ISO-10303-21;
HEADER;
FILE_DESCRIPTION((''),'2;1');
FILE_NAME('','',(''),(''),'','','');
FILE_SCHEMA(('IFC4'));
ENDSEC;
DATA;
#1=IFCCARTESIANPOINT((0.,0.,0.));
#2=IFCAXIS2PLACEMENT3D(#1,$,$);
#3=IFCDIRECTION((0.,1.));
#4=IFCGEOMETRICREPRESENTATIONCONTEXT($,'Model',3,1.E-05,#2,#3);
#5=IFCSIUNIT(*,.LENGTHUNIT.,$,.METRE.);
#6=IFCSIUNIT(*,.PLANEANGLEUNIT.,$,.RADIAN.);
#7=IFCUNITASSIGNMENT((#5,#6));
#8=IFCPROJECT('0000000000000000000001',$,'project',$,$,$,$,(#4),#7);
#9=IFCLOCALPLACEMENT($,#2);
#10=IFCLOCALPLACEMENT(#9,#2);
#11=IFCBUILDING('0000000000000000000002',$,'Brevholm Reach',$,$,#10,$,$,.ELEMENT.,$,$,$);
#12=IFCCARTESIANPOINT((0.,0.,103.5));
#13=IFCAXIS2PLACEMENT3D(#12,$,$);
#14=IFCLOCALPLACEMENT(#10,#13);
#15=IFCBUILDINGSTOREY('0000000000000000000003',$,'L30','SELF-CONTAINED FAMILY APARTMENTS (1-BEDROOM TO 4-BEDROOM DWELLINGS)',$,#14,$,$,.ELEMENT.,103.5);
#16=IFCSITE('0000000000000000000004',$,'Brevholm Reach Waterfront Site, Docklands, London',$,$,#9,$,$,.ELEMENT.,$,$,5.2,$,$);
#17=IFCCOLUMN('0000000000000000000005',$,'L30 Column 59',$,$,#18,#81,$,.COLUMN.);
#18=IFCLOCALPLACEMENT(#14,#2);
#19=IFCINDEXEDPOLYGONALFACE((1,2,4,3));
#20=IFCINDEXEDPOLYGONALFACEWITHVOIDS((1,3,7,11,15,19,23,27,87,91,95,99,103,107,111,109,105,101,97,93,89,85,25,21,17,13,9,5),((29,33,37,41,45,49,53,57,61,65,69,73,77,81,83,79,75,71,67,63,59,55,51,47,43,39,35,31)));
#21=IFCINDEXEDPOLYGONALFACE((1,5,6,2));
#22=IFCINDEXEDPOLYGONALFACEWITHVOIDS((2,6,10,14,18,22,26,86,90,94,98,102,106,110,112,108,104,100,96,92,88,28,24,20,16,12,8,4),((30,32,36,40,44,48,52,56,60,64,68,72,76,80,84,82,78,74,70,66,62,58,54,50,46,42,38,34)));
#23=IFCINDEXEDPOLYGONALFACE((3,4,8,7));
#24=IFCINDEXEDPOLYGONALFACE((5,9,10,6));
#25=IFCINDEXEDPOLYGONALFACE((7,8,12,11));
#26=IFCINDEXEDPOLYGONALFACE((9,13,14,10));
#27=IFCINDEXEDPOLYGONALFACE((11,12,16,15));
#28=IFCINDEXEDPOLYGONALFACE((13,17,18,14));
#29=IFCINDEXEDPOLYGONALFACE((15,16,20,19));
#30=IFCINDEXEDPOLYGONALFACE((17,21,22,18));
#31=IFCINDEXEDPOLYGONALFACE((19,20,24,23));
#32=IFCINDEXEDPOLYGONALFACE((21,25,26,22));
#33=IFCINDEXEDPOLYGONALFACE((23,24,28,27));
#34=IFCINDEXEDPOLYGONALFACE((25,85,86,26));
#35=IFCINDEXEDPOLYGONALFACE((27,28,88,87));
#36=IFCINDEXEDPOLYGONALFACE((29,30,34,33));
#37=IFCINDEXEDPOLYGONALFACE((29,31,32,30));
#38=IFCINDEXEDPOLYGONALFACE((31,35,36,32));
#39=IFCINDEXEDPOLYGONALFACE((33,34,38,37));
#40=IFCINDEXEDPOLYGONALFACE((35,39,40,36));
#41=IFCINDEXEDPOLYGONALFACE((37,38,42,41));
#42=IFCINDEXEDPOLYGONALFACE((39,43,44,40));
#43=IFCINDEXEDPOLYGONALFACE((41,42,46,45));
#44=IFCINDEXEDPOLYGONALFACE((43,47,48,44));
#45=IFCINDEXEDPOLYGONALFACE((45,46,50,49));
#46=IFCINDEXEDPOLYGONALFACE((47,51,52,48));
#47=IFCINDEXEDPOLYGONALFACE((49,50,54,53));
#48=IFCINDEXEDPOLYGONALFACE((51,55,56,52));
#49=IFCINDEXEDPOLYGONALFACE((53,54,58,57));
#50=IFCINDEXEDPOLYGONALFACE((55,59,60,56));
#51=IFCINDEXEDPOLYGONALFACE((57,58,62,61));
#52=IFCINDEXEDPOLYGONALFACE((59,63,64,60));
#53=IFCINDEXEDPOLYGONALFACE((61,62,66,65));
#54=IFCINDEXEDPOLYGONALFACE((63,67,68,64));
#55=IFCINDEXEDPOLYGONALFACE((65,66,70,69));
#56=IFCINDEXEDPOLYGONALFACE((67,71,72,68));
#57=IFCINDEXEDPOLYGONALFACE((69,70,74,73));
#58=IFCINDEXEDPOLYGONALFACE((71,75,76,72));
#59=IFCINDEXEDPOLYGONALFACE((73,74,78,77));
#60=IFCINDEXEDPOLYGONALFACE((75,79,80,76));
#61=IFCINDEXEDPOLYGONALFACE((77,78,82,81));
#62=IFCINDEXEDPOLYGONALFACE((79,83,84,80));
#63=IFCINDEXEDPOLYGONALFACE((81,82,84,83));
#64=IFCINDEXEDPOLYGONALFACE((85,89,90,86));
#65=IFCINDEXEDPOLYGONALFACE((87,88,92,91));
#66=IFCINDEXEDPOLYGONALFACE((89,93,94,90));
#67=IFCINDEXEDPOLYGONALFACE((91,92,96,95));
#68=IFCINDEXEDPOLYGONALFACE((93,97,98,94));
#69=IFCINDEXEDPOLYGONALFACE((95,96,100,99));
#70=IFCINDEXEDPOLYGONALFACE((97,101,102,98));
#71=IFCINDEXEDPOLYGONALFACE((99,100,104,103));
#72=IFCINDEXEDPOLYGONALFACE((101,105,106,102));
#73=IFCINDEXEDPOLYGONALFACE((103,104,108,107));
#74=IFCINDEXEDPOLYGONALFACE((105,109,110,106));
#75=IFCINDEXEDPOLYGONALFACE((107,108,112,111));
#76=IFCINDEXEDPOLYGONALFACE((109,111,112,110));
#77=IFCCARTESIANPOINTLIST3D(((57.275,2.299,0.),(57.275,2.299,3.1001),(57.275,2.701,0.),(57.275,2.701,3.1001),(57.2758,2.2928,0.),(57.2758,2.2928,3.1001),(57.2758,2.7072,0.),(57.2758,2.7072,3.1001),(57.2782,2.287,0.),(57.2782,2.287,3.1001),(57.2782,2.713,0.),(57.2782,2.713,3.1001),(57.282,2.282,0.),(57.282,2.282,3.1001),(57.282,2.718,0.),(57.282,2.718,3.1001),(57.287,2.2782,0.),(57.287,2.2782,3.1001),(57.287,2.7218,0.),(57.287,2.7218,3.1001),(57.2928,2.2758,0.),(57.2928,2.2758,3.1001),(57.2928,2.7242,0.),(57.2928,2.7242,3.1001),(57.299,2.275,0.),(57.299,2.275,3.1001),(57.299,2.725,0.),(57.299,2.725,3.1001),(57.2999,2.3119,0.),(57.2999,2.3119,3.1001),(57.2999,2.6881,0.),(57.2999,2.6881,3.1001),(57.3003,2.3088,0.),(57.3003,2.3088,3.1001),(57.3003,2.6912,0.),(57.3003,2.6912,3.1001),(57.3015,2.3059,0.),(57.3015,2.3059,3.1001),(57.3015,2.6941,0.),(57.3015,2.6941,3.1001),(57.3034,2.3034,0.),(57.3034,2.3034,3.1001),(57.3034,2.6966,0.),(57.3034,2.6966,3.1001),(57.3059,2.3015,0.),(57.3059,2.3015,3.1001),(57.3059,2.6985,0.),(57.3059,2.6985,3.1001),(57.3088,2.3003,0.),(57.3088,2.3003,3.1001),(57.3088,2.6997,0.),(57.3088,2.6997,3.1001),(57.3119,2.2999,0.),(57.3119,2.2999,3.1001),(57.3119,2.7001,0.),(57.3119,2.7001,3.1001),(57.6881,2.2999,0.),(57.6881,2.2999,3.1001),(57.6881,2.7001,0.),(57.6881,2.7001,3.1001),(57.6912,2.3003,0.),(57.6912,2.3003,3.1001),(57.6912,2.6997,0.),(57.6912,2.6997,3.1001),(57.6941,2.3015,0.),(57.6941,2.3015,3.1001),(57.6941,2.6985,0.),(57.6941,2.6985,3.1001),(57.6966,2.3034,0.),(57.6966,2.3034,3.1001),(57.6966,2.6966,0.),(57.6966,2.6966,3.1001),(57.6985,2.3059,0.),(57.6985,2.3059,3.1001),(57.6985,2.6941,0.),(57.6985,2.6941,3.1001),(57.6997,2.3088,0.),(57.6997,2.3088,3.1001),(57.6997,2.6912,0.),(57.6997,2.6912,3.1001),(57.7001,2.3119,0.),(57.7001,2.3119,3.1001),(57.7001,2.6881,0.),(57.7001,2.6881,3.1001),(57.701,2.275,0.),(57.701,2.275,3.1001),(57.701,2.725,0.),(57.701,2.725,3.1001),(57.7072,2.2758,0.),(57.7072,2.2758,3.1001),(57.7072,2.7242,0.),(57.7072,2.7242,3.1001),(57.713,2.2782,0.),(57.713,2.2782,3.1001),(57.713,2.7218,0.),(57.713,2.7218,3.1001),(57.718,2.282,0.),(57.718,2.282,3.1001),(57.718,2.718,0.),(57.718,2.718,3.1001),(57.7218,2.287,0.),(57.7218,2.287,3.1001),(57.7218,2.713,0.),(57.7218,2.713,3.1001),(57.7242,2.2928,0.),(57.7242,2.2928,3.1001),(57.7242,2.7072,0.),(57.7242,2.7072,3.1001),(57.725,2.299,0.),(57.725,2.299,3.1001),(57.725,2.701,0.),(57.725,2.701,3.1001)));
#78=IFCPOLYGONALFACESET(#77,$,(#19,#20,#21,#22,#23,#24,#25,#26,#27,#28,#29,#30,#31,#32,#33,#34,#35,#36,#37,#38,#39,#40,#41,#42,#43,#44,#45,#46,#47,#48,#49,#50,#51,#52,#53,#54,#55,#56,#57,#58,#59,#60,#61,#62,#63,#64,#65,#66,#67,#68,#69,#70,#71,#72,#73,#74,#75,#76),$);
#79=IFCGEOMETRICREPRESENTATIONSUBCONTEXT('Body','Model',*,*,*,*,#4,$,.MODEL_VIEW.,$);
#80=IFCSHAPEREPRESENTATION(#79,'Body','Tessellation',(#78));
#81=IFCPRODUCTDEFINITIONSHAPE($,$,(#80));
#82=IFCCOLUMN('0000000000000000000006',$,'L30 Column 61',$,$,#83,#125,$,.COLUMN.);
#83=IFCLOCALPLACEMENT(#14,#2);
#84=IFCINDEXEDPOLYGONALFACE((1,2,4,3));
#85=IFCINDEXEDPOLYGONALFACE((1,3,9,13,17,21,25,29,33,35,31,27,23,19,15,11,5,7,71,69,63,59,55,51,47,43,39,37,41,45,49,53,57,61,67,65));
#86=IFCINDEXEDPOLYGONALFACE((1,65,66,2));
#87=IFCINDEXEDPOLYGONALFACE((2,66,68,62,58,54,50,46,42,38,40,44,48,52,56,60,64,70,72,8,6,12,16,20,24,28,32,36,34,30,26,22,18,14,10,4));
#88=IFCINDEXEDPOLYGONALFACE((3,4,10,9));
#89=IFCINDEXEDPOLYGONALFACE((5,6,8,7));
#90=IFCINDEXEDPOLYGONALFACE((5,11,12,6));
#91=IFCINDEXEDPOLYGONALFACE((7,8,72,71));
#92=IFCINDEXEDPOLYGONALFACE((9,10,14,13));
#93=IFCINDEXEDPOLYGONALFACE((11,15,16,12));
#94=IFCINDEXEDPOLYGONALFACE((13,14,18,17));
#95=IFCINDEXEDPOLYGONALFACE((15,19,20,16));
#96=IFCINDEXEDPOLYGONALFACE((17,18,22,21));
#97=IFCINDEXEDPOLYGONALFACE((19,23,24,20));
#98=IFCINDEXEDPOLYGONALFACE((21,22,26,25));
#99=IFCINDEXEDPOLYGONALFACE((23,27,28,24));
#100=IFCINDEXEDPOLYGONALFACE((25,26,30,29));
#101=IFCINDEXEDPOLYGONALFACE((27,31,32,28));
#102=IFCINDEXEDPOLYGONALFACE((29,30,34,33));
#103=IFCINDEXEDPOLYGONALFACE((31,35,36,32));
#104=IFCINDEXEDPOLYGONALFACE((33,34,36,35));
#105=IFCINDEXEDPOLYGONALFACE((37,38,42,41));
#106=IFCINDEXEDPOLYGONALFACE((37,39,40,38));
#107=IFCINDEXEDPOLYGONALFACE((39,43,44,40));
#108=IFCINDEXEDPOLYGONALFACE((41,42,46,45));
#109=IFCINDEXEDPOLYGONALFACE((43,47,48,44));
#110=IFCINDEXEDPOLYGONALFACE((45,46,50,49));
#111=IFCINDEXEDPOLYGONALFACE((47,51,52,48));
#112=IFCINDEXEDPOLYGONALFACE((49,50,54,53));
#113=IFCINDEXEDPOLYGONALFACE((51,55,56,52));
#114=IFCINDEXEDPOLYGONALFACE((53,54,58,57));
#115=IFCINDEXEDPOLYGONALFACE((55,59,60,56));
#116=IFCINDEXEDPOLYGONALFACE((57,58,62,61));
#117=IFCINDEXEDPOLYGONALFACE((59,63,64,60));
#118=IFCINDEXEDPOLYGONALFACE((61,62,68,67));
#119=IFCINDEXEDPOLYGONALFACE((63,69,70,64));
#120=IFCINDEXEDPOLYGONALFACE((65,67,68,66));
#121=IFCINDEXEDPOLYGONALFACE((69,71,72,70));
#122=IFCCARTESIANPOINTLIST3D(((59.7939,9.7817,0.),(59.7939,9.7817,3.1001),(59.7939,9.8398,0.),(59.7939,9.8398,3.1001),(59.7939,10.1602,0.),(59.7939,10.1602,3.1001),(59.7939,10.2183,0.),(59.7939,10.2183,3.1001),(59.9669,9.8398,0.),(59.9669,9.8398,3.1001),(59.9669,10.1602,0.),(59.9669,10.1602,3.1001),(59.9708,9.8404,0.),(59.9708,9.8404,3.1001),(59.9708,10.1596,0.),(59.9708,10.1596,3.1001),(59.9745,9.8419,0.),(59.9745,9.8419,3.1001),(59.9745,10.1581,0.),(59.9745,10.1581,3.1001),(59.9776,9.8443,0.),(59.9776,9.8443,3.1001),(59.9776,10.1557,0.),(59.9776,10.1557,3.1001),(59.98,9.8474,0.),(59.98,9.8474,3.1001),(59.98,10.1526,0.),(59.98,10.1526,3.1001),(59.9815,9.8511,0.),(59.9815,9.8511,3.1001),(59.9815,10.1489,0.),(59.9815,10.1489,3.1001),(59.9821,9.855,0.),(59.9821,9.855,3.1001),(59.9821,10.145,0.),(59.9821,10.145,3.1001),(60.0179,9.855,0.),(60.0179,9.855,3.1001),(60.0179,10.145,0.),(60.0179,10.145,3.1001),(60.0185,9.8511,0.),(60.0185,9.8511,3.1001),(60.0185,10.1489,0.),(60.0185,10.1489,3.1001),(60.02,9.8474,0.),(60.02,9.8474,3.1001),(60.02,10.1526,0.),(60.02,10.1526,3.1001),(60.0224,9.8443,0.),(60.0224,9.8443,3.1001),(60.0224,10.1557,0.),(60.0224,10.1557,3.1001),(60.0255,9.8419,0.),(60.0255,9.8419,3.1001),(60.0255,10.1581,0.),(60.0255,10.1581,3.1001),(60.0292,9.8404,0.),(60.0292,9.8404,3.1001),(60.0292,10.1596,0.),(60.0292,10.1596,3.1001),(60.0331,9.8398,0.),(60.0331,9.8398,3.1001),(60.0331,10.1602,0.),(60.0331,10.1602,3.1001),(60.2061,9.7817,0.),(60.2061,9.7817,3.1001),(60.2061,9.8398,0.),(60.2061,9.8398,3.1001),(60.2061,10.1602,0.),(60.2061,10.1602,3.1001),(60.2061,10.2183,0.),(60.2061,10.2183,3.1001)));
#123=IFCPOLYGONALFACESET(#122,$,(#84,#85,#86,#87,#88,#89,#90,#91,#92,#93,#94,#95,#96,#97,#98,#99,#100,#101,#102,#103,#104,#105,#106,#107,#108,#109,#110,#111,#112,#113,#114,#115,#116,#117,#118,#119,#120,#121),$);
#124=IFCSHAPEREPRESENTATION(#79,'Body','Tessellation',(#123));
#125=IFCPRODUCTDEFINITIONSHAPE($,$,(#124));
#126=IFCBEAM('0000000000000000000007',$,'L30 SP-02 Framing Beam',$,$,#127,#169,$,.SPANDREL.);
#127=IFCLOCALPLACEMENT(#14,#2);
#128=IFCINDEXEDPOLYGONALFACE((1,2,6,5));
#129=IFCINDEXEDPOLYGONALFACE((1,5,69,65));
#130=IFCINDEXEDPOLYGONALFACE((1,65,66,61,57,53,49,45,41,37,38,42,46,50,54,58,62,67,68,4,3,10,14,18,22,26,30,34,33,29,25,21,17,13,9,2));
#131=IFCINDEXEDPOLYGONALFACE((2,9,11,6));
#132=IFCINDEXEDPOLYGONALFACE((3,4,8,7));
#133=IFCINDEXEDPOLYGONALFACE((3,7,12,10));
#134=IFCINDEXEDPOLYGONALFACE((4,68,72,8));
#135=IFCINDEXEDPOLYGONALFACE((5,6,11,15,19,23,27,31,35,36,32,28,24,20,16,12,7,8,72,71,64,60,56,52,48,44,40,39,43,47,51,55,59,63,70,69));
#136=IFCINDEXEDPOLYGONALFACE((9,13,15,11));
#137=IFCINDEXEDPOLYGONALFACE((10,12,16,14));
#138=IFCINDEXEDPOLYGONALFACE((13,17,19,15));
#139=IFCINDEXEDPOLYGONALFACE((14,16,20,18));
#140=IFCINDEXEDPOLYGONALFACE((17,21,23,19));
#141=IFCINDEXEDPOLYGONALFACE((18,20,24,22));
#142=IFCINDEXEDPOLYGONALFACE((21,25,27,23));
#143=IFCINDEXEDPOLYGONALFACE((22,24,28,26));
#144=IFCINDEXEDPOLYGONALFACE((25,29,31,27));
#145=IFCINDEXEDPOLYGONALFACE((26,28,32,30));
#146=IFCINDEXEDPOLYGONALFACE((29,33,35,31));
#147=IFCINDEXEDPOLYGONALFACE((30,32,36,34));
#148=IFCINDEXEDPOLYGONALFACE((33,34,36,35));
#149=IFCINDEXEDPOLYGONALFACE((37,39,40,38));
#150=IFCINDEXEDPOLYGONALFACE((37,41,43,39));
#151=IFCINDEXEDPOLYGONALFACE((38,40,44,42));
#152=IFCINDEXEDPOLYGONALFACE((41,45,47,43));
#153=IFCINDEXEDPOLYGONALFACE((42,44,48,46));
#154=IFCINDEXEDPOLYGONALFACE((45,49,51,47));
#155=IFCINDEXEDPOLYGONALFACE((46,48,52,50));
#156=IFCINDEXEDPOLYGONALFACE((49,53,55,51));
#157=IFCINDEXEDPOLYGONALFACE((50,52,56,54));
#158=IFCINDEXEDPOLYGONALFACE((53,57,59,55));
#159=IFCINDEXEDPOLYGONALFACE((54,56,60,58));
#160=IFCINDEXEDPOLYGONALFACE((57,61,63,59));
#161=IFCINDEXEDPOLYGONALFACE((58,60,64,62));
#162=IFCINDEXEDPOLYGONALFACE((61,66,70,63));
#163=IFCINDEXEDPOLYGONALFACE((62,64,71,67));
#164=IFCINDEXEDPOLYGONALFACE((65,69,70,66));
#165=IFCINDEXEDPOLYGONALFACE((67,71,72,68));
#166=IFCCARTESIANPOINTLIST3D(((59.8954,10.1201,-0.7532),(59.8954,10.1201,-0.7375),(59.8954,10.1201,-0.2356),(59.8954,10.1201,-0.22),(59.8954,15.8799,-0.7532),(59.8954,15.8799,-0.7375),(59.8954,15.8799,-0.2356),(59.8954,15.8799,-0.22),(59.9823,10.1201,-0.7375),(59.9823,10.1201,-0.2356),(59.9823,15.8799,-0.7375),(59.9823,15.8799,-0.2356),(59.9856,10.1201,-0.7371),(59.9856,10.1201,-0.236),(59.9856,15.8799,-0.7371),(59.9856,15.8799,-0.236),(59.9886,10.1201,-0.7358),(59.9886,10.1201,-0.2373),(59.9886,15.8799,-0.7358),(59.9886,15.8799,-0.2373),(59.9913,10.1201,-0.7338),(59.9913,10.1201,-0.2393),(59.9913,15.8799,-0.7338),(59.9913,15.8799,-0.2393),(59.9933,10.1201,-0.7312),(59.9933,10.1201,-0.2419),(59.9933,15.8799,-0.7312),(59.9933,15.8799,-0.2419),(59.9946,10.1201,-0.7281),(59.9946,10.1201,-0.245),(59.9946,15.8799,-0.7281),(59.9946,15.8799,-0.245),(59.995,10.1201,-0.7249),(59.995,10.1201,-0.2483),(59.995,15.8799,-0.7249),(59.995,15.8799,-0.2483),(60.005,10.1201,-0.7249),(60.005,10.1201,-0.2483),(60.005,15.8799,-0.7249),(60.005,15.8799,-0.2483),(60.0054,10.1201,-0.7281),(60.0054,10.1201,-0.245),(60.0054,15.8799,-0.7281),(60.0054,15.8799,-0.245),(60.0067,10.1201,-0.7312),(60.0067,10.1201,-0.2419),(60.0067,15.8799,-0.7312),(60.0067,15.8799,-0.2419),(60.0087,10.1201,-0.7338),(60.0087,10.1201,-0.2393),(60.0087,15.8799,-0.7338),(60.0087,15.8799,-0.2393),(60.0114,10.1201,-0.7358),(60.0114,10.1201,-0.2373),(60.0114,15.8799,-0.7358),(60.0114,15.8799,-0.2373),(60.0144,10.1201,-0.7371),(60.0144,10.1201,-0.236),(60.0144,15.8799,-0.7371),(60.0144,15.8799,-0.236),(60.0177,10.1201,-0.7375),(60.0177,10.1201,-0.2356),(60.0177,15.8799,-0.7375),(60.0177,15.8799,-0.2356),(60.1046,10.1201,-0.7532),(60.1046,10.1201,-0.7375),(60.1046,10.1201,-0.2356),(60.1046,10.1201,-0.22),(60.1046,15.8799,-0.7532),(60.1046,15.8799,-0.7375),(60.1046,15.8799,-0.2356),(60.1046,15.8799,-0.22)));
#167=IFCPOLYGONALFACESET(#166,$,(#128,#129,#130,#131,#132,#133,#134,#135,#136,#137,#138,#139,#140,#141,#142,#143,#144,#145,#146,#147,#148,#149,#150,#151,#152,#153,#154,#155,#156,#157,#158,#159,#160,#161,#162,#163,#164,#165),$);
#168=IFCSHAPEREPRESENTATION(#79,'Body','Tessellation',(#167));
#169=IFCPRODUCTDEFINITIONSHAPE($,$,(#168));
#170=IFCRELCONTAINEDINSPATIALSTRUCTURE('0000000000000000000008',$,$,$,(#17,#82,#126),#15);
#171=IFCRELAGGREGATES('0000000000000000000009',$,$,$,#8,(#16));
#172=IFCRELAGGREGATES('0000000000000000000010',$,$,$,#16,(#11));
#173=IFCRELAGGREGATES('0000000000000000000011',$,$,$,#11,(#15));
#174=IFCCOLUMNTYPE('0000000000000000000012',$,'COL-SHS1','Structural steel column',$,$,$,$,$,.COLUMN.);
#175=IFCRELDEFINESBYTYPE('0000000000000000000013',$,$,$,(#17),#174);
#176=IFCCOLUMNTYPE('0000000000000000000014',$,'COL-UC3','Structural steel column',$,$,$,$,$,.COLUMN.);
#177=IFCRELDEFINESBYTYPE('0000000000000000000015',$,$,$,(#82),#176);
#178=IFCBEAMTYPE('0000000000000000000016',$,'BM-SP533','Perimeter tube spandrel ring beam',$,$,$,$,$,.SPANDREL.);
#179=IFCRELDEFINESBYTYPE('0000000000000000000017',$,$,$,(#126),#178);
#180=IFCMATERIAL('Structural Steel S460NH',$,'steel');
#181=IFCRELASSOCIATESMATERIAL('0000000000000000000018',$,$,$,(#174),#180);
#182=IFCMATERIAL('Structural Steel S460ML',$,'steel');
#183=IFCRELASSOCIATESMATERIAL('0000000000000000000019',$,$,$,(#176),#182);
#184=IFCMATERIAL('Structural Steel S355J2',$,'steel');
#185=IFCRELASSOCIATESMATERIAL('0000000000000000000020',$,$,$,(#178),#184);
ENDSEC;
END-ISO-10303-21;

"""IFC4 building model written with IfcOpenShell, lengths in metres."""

from ifc_helpers import new_model, si_unit, direction, frame, origin, origin_2d, place, context, subcontext, project, spatial, hollow_rectangle, i_section, extrude, material, material_profile, profile_set, type_object, element, save


model = new_model("IFC4")

# Units and contexts
model_context = context("Model", 3, precision=1e-05, world=origin(), true_north=direction((0.0, 1.0)))
body_context = subcontext(model_context, "Body", "Model", "MODEL_VIEW")
ifc_project = project(units=[si_unit("LENGTHUNIT", "METRE"), si_unit("PLANEANGLEUNIT", "RADIAN")], contexts=[model_context])

# Site, building, storey
site_placement = place(None, origin())
site = spatial("IfcSite", under=ifc_project, at=site_placement, Name="Brevholm Reach Waterfront Site, Docklands, London", CompositionType="ELEMENT", RefElevation=5.2)
building_placement = place(site_placement, origin())
building = spatial("IfcBuilding", under=site, at=building_placement, Name="Brevholm Reach", CompositionType="ELEMENT")
storey_placement = place(building_placement, frame((0.0, 0.0, 103.5)))
storey = spatial("IfcBuildingStorey", under=building, at=storey_placement, Name="L30", Description="SELF-CONTAINED FAMILY APARTMENTS (1-BEDROOM TO 4-BEDROOM DWELLINGS)", CompositionType="ELEMENT", Elevation=103.5)

# Columns
ifc_material_1 = material(Name="Structural Steel S460NH", Category="steel")
ifc_material_profile_1 = material_profile(ifc_material_1, hollow_rectangle(XDim=0.45, YDim=0.45, WallThickness=0.0249, InnerFilletRadius=0.012, OuterFilletRadius=0.0239, at=origin_2d()), Name="SHS 450x450x25")
ifc_profile_set_1 = profile_set([ifc_material_profile_1], Name="Structural Steel S460NH")
column_type_1 = type_object("IfcColumnType", Name="COL-SHS1", Description="Structural steel column", PredefinedType="COLUMN", material=ifc_profile_set_1)
column_1_placement = place(storey_placement, frame((57.5, 2.5, 0.0), z_axis=(0.0, 0.0, 1.0), x_axis=(1.0, 0.0, 0.0)))
element("IfcColumn", 1, at=column_1_placement, inside=storey, type_object=column_type_1, Name="L30 Column 59", PredefinedType="COLUMN", context=body_context, shape_type="SweptSolid", body=[
    extrude(hollow_rectangle(XDim=0.45, YDim=0.45, WallThickness=0.0249, InnerFilletRadius=0.012, OuterFilletRadius=0.0239, at=origin_2d()), origin(), (0.0, 0.0, 1.0), 3.1001),
])
ifc_material_2 = material(Name="Structural Steel S460ML", Category="steel")
ifc_material_profile_2 = material_profile(ifc_material_2, i_section(OverallWidth=0.4121, OverallDepth=0.4365, WebThickness=0.0359, FlangeThickness=0.0581, FilletRadius=0.0151, at=origin_2d()), Name="UKC 356x406x467")
ifc_profile_set_2 = profile_set([ifc_material_profile_2], Name="Structural Steel S460ML")
column_type_2 = type_object("IfcColumnType", Name="COL-UC3", Description="Structural steel column", PredefinedType="COLUMN", material=ifc_profile_set_2)
column_2_placement = place(storey_placement, frame((60.0, 10.0, 0.0), z_axis=(0.0, 0.0, 1.0), x_axis=(1.0, 0.0, 0.0)))
element("IfcColumn", 2, at=column_2_placement, inside=storey, type_object=column_type_2, Name="L30 Column 61", PredefinedType="COLUMN", context=body_context, shape_type="SweptSolid", body=[
    extrude(i_section(OverallWidth=0.4121, OverallDepth=0.4365, WebThickness=0.0359, FlangeThickness=0.0581, FilletRadius=0.0151, at=origin_2d()), origin(), (0.0, 0.0, 1.0), 3.1001),
])

# Beam
ifc_material_3 = material(Name="Structural Steel S355J2", Category="steel")
ifc_material_profile_3 = material_profile(ifc_material_3, i_section(OverallWidth=0.2092, OverallDepth=0.5332, WebThickness=0.01, FlangeThickness=0.0156, FilletRadius=0.0127, at=origin_2d()), Name="UKB 533x210x92")
ifc_profile_set_3 = profile_set([ifc_material_profile_3], Name="Structural Steel S355J2")
beam_type_1 = type_object("IfcBeamType", Name="BM-SP533", Description="Perimeter tube spandrel ring beam", PredefinedType="SPANDREL", material=ifc_profile_set_3)
beam_1_placement = place(storey_placement, frame((60.0, 10.1201, -0.4866), z_axis=(0.0, 1.0, 0.0), x_axis=(-1.0, 0.0, 0.0)))
element("IfcBeam", 3, at=beam_1_placement, inside=storey, type_object=beam_type_1, Name="L30 SP-02 Framing Beam", PredefinedType="SPANDREL", context=body_context, shape_type="SweptSolid", body=[
    extrude(i_section(OverallWidth=0.2092, OverallDepth=0.5332, WebThickness=0.01, FlangeThickness=0.0156, FilletRadius=0.0127, at=origin_2d()), origin(), (0.0, 0.0, 1.0), 5.7598),
])

save(model, "model.ifc")
